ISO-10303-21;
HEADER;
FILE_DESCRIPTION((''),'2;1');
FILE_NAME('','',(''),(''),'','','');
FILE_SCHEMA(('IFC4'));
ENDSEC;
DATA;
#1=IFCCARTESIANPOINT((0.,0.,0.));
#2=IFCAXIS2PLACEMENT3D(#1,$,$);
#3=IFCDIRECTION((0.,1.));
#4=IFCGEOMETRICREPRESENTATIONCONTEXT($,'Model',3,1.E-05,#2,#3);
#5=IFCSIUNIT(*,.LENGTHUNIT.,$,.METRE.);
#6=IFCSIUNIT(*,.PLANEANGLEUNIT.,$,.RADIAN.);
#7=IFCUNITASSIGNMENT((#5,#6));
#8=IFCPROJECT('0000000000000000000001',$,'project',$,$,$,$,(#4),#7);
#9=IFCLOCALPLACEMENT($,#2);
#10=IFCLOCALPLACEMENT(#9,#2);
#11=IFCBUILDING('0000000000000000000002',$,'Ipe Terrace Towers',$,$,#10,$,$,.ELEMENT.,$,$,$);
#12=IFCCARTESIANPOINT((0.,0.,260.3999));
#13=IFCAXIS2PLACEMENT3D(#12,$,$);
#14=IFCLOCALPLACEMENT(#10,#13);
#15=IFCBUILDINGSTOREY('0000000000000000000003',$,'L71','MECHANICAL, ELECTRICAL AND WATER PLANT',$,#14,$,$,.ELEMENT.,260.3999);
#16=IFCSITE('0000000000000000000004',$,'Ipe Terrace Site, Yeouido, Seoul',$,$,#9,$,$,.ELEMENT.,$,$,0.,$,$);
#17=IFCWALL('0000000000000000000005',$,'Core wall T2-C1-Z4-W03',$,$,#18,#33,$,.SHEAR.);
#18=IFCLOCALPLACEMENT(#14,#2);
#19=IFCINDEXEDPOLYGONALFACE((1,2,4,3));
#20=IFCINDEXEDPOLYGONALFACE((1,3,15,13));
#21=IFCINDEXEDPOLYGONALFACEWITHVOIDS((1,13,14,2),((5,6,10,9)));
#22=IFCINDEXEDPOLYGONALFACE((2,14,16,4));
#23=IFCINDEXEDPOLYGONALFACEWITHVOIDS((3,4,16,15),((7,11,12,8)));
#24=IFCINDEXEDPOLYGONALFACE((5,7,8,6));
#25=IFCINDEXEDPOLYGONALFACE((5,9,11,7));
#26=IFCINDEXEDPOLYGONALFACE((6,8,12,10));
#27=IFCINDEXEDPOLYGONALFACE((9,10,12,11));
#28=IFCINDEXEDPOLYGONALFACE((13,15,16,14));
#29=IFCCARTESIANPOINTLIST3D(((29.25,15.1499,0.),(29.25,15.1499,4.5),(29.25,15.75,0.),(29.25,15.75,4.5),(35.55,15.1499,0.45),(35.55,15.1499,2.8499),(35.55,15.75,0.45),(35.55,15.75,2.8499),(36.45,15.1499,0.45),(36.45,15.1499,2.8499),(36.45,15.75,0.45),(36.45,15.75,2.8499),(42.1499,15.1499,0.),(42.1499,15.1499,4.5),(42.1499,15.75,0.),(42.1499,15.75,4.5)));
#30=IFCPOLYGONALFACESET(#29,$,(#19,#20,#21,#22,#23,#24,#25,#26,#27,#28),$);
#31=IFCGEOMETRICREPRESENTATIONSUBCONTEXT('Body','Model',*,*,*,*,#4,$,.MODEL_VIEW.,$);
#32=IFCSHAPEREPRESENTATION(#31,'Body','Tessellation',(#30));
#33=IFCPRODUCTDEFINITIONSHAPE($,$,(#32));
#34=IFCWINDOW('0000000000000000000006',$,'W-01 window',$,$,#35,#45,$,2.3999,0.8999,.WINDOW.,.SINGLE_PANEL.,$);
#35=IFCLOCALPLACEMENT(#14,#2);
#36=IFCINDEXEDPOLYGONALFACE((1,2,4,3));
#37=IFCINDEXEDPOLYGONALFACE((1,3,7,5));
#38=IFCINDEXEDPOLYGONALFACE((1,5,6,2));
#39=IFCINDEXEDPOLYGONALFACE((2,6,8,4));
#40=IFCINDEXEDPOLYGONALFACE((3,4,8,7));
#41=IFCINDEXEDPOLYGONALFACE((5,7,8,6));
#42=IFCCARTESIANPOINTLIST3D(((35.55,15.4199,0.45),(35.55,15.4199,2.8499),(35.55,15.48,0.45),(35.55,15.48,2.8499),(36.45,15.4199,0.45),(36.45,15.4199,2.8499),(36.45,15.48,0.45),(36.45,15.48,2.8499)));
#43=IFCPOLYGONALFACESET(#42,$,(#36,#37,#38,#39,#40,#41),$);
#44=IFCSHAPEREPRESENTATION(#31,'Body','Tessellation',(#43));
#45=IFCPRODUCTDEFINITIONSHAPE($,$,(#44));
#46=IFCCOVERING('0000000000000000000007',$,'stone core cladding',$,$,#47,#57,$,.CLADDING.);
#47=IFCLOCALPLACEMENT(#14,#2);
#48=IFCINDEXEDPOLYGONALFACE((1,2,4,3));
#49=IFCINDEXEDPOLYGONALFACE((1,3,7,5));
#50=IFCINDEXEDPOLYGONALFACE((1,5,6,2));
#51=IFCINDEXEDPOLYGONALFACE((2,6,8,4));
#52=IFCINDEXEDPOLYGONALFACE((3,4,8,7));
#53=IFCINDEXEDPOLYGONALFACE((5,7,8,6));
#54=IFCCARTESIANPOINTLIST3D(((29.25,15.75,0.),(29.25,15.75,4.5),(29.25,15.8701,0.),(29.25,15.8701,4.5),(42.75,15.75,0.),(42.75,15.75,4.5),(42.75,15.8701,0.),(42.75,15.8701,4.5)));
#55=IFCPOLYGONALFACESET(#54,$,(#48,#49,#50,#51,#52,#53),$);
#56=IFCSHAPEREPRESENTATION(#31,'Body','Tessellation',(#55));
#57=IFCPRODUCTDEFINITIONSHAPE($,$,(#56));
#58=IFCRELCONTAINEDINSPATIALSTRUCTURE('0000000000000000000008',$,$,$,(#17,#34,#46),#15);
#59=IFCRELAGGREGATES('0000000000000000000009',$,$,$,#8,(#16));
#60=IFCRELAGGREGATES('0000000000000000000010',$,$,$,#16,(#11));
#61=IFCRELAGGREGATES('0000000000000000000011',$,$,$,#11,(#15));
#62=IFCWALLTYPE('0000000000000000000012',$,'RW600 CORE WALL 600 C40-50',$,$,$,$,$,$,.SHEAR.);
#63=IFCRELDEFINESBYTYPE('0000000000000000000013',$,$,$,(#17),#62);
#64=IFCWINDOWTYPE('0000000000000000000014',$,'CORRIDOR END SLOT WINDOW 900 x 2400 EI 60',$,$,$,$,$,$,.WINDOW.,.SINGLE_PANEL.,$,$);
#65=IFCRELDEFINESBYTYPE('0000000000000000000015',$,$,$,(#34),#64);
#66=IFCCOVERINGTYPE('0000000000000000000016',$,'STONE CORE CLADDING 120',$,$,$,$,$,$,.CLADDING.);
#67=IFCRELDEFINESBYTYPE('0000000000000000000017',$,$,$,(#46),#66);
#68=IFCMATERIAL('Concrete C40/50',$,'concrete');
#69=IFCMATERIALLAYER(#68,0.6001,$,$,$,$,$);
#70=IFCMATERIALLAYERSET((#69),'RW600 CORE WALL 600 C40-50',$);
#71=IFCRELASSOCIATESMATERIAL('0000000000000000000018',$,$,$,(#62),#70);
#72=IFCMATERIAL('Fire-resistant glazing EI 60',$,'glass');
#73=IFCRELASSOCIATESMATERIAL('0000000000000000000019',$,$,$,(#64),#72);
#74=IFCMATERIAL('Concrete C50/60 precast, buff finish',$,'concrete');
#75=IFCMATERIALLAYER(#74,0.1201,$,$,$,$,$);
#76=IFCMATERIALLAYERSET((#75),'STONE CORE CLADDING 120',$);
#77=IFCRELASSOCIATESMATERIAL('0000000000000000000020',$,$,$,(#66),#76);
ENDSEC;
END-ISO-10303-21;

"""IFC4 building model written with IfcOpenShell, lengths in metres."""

from ifc_helpers import new_model, si_unit, direction, frame, frame_2d, origin, origin_2d, place, context, subcontext, project, spatial, rectangle, extrude, material, layer, layer_set, type_object, element, fill, save


model = new_model("IFC4")

# Units and contexts
model_context = context("Model", 3, precision=1e-05, world=origin(), true_north=direction((0.0, 1.0)))
body_context = subcontext(model_context, "Body", "Model", "MODEL_VIEW")
ifc_project = project(units=[si_unit("LENGTHUNIT", "METRE"), si_unit("PLANEANGLEUNIT", "RADIAN")], contexts=[model_context])

# Site, building, storey
site_placement = place(None, origin())
site = spatial("IfcSite", under=ifc_project, at=site_placement, Name="Ipe Terrace Site, Yeouido, Seoul", CompositionType="ELEMENT", RefElevation=0.0)
building_placement = place(site_placement, origin())
building = spatial("IfcBuilding", under=site, at=building_placement, Name="Ipe Terrace Towers", CompositionType="ELEMENT")
storey_placement = place(building_placement, frame((0.0, 0.0, 260.3999)))
storey = spatial("IfcBuildingStorey", under=building, at=storey_placement, Name="L71", Description="MECHANICAL, ELECTRICAL AND WATER PLANT", CompositionType="ELEMENT", Elevation=260.3999)

# Shared definitions
ifc_material_1 = material(Name="Concrete C40/50", Category="concrete")
ifc_layer_1 = layer(ifc_material_1, 0.6001)
ifc_layer_set_1 = layer_set([ifc_layer_1], Name="RW600 CORE WALL 600 C40-50")
wall_type_1 = type_object("IfcWallType", Name="RW600 CORE WALL 600 C40-50", PredefinedType="SHEAR", material=ifc_layer_set_1)

# Wall, opening, window
wall_1_placement = place(storey_placement, frame((42.1499, 15.45, 0.0), z_axis=(0.0, 0.0, 1.0), x_axis=(-1.0, 0.0, 0.0)))
wall_1 = element("IfcWall", 1, at=wall_1_placement, inside=storey, type_object=wall_type_1, Name="Core wall T2-C1-Z4-W03", PredefinedType="SHEAR", context=body_context, shape_type="SweptSolid", body=[
    extrude(rectangle(XDim=12.8999, YDim=0.6001, at=frame_2d((6.45, 0.0))), origin(), (0.0, 0.0, 1.0), 4.5),
])
opening_1_placement = place(wall_1_placement, frame((5.7, 0.0, 0.45)))
opening_1 = element("IfcOpeningElement", 2, at=opening_1_placement, cuts=wall_1, PredefinedType="OPENING", context=body_context, shape_type="SweptSolid", body=[
    extrude(rectangle(XDim=0.8999, YDim=2.3999, at=frame_2d((0.45, 1.2))), frame((0.0, 0.3101, 0.0), z_axis=(0.0, -1.0, 0.0), x_axis=(1.0, 0.0, 0.0)), (0.0, 0.0, 1.0), 0.6201),
])
ifc_material_2 = material(Name="Fire-resistant glazing EI 60", Category="glass")
window_type = type_object("IfcWindowType", Name="CORRIDOR END SLOT WINDOW 900 x 2400 EI 60", PartitioningType="SINGLE_PANEL", PredefinedType="WINDOW", material=ifc_material_2)
window_placement = place(opening_1_placement, origin())
window = element("IfcWindow", 3, at=window_placement, inside=storey, type_object=window_type, Name="W-01 window", OverallHeight=2.3999, OverallWidth=0.8999, PartitioningType="SINGLE_PANEL", PredefinedType="WINDOW", context=body_context, shape_type="SweptSolid", body=[
    extrude(rectangle(XDim=0.8999, YDim=2.3999, at=frame_2d((0.45, 1.2))), frame((0.0, 0.03, 0.0), z_axis=(0.0, -1.0, 0.0), x_axis=(1.0, 0.0, 0.0)), (0.0, 0.0, 1.0), 0.0601),
])
fill(opening_1, window)

# Covering
ifc_material_3 = material(Name="Concrete C50/60 precast, buff finish", Category="concrete")
ifc_layer_2 = layer(ifc_material_3, 0.1201)
ifc_layer_set_2 = layer_set([ifc_layer_2], Name="STONE CORE CLADDING 120")
covering_type = type_object("IfcCoveringType", Name="STONE CORE CLADDING 120", PredefinedType="CLADDING", material=ifc_layer_set_2)
covering_placement = place(storey_placement, frame((36.0, 15.8101, 0.0), z_axis=(0.0, 0.0, 1.0), x_axis=(-1.0, 0.0, 0.0)))
element("IfcCovering", 4, at=covering_placement, inside=storey, type_object=covering_type, Name="stone core cladding", PredefinedType="CLADDING", context=body_context, shape_type="SweptSolid", body=[
    extrude(rectangle(XDim=13.5, YDim=0.1201, at=origin_2d()), origin(), (0.0, 0.0, 1.0), 4.5),
])

save(model, "model.ifc")
